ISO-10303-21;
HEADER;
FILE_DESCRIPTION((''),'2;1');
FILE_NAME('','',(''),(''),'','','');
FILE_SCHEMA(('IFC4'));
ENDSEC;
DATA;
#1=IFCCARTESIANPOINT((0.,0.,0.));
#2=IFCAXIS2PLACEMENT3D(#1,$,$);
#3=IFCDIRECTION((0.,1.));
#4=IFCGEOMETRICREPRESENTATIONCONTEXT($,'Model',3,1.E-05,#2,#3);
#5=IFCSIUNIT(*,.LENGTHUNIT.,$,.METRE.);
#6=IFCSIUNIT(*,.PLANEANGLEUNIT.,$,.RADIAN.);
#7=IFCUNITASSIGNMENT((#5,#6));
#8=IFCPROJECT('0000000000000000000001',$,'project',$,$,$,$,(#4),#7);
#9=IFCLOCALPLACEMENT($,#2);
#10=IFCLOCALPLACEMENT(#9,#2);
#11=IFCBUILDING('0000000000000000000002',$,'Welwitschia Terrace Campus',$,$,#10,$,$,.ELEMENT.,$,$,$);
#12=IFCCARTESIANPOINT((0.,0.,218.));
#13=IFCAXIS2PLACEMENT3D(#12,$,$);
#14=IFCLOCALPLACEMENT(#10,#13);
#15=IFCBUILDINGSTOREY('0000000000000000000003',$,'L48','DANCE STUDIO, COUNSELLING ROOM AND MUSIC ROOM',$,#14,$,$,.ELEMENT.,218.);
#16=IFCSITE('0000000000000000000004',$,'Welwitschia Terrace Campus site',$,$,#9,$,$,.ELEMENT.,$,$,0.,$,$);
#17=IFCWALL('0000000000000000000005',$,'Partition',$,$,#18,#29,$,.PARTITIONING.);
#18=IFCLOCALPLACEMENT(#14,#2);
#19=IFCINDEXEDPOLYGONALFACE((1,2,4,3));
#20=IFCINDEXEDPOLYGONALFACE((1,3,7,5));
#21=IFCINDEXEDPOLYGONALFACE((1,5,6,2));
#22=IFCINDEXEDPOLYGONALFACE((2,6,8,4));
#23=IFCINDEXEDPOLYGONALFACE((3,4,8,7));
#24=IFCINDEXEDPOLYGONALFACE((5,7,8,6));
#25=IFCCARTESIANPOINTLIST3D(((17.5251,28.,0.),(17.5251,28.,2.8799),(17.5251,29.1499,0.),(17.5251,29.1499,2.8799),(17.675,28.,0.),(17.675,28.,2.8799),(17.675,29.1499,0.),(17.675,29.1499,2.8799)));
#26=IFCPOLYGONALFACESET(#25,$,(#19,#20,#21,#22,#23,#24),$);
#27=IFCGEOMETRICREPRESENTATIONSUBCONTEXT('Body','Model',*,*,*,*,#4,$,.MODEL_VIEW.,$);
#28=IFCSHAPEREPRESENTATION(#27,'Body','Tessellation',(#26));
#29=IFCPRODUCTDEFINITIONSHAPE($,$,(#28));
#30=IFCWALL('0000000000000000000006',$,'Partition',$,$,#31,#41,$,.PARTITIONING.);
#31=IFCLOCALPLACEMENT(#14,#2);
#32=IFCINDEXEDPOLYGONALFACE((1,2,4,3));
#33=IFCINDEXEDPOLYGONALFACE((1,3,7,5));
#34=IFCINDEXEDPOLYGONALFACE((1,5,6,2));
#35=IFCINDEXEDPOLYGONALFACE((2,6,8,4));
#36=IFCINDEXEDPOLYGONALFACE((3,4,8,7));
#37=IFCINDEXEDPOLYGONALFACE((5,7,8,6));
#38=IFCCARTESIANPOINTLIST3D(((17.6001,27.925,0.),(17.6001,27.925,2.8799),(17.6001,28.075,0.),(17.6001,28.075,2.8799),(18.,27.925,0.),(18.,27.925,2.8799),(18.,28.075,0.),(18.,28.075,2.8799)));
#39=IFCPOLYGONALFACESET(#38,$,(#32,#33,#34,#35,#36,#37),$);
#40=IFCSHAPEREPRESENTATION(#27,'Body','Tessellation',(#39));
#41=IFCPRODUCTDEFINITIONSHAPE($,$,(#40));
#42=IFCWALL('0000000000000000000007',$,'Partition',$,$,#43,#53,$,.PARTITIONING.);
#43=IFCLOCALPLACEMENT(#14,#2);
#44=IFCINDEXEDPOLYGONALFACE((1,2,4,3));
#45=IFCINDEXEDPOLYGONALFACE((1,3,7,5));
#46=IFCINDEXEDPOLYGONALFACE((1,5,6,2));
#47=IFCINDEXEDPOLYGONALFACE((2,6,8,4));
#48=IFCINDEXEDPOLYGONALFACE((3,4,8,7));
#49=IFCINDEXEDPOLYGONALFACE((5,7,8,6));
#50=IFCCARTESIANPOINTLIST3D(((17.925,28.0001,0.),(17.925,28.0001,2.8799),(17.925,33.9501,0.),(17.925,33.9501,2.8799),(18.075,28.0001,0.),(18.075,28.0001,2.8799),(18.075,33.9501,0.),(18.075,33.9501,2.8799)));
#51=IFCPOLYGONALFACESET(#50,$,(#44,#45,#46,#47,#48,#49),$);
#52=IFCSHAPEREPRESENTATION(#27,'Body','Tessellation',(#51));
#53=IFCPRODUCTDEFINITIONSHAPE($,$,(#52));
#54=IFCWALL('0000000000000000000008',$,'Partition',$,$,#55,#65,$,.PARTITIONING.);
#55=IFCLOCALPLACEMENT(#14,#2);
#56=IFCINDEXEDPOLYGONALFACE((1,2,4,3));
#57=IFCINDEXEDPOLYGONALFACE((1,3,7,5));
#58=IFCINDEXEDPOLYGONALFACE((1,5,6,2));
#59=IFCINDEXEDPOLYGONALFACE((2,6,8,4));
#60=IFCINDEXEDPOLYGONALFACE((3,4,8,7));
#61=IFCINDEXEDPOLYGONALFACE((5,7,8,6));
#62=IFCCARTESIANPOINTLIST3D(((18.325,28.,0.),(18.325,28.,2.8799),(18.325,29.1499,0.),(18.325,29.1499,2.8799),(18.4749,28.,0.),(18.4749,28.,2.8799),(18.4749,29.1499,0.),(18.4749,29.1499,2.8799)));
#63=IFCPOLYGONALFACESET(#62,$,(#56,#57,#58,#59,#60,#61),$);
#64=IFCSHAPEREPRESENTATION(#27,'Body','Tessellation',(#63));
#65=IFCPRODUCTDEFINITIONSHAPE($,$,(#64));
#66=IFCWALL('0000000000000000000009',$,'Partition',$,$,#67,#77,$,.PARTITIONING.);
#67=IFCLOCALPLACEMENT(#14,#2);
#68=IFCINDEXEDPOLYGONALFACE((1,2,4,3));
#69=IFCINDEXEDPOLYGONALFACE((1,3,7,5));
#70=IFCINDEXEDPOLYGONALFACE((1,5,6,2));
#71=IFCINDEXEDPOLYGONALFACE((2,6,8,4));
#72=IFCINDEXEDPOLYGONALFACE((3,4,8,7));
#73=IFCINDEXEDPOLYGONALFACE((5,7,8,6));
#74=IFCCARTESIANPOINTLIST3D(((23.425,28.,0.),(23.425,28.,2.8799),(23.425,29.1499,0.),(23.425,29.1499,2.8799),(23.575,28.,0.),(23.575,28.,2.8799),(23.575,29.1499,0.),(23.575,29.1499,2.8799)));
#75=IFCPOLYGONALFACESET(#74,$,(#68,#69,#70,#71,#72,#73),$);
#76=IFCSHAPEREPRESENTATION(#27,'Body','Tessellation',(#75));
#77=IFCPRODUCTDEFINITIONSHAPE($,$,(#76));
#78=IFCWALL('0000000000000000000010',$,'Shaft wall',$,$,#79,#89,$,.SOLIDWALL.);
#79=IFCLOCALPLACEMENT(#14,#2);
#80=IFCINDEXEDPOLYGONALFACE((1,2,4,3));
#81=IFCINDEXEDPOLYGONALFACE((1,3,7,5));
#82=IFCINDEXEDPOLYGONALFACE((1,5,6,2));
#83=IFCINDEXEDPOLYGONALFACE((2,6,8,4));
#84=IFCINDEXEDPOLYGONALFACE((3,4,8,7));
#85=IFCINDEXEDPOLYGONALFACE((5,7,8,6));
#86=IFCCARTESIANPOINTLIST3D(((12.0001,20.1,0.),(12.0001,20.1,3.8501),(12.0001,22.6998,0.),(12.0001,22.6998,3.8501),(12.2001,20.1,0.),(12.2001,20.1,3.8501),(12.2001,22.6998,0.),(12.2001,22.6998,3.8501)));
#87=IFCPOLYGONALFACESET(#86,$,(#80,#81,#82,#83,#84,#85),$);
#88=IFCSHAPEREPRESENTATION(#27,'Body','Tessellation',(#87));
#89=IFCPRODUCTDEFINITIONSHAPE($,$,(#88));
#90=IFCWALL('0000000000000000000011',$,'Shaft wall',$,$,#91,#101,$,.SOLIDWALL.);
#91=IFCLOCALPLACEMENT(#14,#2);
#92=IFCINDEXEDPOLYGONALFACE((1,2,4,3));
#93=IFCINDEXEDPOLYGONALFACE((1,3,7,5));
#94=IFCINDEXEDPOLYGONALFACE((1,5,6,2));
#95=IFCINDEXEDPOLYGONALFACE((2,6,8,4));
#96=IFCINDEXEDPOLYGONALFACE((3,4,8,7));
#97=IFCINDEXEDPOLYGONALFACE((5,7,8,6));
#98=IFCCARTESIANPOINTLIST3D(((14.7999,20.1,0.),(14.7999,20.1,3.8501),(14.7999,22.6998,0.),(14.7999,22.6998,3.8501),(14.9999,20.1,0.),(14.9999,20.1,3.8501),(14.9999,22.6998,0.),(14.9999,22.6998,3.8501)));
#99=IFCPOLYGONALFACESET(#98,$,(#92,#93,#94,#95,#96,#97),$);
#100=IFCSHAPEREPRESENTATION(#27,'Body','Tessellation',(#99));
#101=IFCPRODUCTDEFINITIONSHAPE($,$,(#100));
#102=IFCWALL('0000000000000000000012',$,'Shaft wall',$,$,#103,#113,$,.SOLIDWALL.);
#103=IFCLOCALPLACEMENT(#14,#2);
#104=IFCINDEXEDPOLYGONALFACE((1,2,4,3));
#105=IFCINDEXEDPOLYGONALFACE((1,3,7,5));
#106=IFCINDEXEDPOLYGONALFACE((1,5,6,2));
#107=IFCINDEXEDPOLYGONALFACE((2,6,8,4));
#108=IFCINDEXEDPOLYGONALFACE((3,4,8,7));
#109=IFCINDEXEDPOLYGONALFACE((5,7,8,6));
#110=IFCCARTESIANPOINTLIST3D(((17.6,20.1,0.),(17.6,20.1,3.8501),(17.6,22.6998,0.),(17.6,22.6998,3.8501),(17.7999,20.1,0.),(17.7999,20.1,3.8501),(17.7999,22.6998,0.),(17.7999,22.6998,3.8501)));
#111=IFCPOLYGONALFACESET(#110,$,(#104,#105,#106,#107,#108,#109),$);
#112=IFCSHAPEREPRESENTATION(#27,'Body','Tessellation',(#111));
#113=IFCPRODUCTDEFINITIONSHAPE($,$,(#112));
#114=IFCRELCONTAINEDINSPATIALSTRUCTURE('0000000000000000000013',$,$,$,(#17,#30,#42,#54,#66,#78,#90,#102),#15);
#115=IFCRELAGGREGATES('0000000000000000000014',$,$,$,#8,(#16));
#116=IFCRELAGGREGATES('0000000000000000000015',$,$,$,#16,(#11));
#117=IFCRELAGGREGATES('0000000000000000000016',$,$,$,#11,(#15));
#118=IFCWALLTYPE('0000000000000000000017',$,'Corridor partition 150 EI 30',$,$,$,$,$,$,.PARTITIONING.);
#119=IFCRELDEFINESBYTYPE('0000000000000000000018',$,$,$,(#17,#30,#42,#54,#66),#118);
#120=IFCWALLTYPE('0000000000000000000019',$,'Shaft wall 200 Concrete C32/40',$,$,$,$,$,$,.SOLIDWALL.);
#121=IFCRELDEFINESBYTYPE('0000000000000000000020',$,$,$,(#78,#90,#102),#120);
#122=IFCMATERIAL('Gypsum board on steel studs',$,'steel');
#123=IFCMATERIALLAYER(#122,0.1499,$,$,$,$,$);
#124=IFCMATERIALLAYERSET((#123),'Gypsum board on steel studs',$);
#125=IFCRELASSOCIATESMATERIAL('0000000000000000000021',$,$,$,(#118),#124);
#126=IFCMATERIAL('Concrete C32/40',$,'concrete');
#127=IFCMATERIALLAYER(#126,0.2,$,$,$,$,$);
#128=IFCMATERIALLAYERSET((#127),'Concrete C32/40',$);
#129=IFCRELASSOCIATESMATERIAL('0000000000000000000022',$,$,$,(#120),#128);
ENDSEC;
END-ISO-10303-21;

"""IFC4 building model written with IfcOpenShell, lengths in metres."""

from ifc_helpers import new_model, si_unit, direction, frame, frame_2d, origin, place, context, subcontext, project, spatial, rectangle, extrude, material, layer, layer_set, type_object, element, save


model = new_model("IFC4")

# Units and contexts
model_context = context("Model", 3, precision=1e-05, world=origin(), true_north=direction((0.0, 1.0)))
body_context = subcontext(model_context, "Body", "Model", "MODEL_VIEW")
ifc_project = project(units=[si_unit("LENGTHUNIT", "METRE"), si_unit("PLANEANGLEUNIT", "RADIAN")], contexts=[model_context])

# Site, building, storey
site_placement = place(None, origin())
site = spatial("IfcSite", under=ifc_project, at=site_placement, Name="Welwitschia Terrace Campus site", CompositionType="ELEMENT", RefElevation=0.0)
building_placement = place(site_placement, origin())
building = spatial("IfcBuilding", under=site, at=building_placement, Name="Welwitschia Terrace Campus", CompositionType="ELEMENT")
storey_placement = place(building_placement, frame((0.0, 0.0, 218.0)))
storey = spatial("IfcBuildingStorey", under=building, at=storey_placement, Name="L48", Description="DANCE STUDIO, COUNSELLING ROOM AND MUSIC ROOM", CompositionType="ELEMENT", Elevation=218.0)

# Walls
ifc_material_1 = material(Name="Gypsum board on steel studs", Category="steel")
ifc_layer_1 = layer(ifc_material_1, 0.1499)
ifc_layer_set_1 = layer_set([ifc_layer_1], Name="Gypsum board on steel studs")
wall_type_1 = type_object("IfcWallType", Name="Corridor partition 150 EI 30", PredefinedType="PARTITIONING", material=ifc_layer_set_1)
wall_1_placement = place(storey_placement, frame((17.6001, 28.0, 0.0), z_axis=(0.0, 0.0, 1.0), x_axis=(0.0, 1.0, 0.0)))
element("IfcWall", 1, at=wall_1_placement, inside=storey, type_object=wall_type_1, Name="Partition", PredefinedType="PARTITIONING", context=body_context, shape_type="SweptSolid", body=[
    extrude(rectangle(XDim=1.1499, YDim=0.1499, at=frame_2d((0.575, 0.0))), origin(), (0.0, 0.0, 1.0), 2.8799),
])
wall_2_placement = place(storey_placement, frame((17.6001, 28.0, 0.0), z_axis=(0.0, 0.0, 1.0), x_axis=(1.0, 0.0, 0.0)))
element("IfcWall", 2, at=wall_2_placement, inside=storey, type_object=wall_type_1, Name="Partition", PredefinedType="PARTITIONING", context=body_context, shape_type="SweptSolid", body=[
    extrude(rectangle(XDim=0.3999, YDim=0.1499, at=frame_2d((0.2, 0.0))), origin(), (0.0, 0.0, 1.0), 2.8799),
])
wall_3_placement = place(storey_placement, frame((18.0, 28.0, 0.0), z_axis=(0.0, 0.0, 1.0), x_axis=(0.0, 1.0, 0.0)))
element("IfcWall", 3, at=wall_3_placement, inside=storey, type_object=wall_type_1, Name="Partition", PredefinedType="PARTITIONING", context=body_context, shape_type="SweptSolid", body=[
    extrude(rectangle(XDim=5.95, YDim=0.1499, at=frame_2d((2.9751, 0.0))), origin(), (0.0, 0.0, 1.0), 2.8799),
])
for number, where, z_axis, x_axis, name in (
    (4, (18.3999, 28.0, 0.0), (0.0, 0.0, 1.0), (0.0, 1.0, 0.0), "Partition"),
    (5, (23.5, 28.0, 0.0), (0.0, 0.0, 1.0), (0.0, 1.0, 0.0), "Partition"),
):
    element("IfcWall", number, at=place(storey_placement, frame(where, z_axis=z_axis, x_axis=x_axis)), inside=storey, type_object=wall_type_1, Name=name, PredefinedType="PARTITIONING", context=body_context, shape_type="SweptSolid", body=[
        extrude(rectangle(XDim=1.1499, YDim=0.1499, at=frame_2d((0.575, 0.0))), origin(), (0.0, 0.0, 1.0), 2.8799),
    ])
ifc_material_2 = material(Name="Concrete C32/40", Category="concrete")
ifc_layer_2 = layer(ifc_material_2, 0.2)
ifc_layer_set_2 = layer_set([ifc_layer_2], Name="Concrete C32/40")
wall_type_2 = type_object("IfcWallType", Name="Shaft wall 200 Concrete C32/40", PredefinedType="SOLIDWALL", material=ifc_layer_set_2)
for number, where, z_axis, x_axis, name in (
    (6, (12.1001, 20.1001, 0.0), (0.0, 0.0, 1.0), (0.0, 1.0, 0.0), "Shaft wall"),
    (7, (14.8999, 20.1001, 0.0), (0.0, 0.0, 1.0), (0.0, 1.0, 0.0), "Shaft wall"),
    (8, (17.7, 20.1001, 0.0), (0.0, 0.0, 1.0), (0.0, 1.0, 0.0), "Shaft wall"),
):
    element("IfcWall", number, at=place(storey_placement, frame(where, z_axis=z_axis, x_axis=x_axis)), inside=storey, type_object=wall_type_2, Name=name, PredefinedType="SOLIDWALL", context=body_context, shape_type="SweptSolid", body=[
        extrude(rectangle(XDim=2.5999, YDim=0.2, at=frame_2d((1.2998, 0.0))), origin(), (0.0, 0.0, 1.0), 3.8501),
    ])

save(model, "model.ifc")
